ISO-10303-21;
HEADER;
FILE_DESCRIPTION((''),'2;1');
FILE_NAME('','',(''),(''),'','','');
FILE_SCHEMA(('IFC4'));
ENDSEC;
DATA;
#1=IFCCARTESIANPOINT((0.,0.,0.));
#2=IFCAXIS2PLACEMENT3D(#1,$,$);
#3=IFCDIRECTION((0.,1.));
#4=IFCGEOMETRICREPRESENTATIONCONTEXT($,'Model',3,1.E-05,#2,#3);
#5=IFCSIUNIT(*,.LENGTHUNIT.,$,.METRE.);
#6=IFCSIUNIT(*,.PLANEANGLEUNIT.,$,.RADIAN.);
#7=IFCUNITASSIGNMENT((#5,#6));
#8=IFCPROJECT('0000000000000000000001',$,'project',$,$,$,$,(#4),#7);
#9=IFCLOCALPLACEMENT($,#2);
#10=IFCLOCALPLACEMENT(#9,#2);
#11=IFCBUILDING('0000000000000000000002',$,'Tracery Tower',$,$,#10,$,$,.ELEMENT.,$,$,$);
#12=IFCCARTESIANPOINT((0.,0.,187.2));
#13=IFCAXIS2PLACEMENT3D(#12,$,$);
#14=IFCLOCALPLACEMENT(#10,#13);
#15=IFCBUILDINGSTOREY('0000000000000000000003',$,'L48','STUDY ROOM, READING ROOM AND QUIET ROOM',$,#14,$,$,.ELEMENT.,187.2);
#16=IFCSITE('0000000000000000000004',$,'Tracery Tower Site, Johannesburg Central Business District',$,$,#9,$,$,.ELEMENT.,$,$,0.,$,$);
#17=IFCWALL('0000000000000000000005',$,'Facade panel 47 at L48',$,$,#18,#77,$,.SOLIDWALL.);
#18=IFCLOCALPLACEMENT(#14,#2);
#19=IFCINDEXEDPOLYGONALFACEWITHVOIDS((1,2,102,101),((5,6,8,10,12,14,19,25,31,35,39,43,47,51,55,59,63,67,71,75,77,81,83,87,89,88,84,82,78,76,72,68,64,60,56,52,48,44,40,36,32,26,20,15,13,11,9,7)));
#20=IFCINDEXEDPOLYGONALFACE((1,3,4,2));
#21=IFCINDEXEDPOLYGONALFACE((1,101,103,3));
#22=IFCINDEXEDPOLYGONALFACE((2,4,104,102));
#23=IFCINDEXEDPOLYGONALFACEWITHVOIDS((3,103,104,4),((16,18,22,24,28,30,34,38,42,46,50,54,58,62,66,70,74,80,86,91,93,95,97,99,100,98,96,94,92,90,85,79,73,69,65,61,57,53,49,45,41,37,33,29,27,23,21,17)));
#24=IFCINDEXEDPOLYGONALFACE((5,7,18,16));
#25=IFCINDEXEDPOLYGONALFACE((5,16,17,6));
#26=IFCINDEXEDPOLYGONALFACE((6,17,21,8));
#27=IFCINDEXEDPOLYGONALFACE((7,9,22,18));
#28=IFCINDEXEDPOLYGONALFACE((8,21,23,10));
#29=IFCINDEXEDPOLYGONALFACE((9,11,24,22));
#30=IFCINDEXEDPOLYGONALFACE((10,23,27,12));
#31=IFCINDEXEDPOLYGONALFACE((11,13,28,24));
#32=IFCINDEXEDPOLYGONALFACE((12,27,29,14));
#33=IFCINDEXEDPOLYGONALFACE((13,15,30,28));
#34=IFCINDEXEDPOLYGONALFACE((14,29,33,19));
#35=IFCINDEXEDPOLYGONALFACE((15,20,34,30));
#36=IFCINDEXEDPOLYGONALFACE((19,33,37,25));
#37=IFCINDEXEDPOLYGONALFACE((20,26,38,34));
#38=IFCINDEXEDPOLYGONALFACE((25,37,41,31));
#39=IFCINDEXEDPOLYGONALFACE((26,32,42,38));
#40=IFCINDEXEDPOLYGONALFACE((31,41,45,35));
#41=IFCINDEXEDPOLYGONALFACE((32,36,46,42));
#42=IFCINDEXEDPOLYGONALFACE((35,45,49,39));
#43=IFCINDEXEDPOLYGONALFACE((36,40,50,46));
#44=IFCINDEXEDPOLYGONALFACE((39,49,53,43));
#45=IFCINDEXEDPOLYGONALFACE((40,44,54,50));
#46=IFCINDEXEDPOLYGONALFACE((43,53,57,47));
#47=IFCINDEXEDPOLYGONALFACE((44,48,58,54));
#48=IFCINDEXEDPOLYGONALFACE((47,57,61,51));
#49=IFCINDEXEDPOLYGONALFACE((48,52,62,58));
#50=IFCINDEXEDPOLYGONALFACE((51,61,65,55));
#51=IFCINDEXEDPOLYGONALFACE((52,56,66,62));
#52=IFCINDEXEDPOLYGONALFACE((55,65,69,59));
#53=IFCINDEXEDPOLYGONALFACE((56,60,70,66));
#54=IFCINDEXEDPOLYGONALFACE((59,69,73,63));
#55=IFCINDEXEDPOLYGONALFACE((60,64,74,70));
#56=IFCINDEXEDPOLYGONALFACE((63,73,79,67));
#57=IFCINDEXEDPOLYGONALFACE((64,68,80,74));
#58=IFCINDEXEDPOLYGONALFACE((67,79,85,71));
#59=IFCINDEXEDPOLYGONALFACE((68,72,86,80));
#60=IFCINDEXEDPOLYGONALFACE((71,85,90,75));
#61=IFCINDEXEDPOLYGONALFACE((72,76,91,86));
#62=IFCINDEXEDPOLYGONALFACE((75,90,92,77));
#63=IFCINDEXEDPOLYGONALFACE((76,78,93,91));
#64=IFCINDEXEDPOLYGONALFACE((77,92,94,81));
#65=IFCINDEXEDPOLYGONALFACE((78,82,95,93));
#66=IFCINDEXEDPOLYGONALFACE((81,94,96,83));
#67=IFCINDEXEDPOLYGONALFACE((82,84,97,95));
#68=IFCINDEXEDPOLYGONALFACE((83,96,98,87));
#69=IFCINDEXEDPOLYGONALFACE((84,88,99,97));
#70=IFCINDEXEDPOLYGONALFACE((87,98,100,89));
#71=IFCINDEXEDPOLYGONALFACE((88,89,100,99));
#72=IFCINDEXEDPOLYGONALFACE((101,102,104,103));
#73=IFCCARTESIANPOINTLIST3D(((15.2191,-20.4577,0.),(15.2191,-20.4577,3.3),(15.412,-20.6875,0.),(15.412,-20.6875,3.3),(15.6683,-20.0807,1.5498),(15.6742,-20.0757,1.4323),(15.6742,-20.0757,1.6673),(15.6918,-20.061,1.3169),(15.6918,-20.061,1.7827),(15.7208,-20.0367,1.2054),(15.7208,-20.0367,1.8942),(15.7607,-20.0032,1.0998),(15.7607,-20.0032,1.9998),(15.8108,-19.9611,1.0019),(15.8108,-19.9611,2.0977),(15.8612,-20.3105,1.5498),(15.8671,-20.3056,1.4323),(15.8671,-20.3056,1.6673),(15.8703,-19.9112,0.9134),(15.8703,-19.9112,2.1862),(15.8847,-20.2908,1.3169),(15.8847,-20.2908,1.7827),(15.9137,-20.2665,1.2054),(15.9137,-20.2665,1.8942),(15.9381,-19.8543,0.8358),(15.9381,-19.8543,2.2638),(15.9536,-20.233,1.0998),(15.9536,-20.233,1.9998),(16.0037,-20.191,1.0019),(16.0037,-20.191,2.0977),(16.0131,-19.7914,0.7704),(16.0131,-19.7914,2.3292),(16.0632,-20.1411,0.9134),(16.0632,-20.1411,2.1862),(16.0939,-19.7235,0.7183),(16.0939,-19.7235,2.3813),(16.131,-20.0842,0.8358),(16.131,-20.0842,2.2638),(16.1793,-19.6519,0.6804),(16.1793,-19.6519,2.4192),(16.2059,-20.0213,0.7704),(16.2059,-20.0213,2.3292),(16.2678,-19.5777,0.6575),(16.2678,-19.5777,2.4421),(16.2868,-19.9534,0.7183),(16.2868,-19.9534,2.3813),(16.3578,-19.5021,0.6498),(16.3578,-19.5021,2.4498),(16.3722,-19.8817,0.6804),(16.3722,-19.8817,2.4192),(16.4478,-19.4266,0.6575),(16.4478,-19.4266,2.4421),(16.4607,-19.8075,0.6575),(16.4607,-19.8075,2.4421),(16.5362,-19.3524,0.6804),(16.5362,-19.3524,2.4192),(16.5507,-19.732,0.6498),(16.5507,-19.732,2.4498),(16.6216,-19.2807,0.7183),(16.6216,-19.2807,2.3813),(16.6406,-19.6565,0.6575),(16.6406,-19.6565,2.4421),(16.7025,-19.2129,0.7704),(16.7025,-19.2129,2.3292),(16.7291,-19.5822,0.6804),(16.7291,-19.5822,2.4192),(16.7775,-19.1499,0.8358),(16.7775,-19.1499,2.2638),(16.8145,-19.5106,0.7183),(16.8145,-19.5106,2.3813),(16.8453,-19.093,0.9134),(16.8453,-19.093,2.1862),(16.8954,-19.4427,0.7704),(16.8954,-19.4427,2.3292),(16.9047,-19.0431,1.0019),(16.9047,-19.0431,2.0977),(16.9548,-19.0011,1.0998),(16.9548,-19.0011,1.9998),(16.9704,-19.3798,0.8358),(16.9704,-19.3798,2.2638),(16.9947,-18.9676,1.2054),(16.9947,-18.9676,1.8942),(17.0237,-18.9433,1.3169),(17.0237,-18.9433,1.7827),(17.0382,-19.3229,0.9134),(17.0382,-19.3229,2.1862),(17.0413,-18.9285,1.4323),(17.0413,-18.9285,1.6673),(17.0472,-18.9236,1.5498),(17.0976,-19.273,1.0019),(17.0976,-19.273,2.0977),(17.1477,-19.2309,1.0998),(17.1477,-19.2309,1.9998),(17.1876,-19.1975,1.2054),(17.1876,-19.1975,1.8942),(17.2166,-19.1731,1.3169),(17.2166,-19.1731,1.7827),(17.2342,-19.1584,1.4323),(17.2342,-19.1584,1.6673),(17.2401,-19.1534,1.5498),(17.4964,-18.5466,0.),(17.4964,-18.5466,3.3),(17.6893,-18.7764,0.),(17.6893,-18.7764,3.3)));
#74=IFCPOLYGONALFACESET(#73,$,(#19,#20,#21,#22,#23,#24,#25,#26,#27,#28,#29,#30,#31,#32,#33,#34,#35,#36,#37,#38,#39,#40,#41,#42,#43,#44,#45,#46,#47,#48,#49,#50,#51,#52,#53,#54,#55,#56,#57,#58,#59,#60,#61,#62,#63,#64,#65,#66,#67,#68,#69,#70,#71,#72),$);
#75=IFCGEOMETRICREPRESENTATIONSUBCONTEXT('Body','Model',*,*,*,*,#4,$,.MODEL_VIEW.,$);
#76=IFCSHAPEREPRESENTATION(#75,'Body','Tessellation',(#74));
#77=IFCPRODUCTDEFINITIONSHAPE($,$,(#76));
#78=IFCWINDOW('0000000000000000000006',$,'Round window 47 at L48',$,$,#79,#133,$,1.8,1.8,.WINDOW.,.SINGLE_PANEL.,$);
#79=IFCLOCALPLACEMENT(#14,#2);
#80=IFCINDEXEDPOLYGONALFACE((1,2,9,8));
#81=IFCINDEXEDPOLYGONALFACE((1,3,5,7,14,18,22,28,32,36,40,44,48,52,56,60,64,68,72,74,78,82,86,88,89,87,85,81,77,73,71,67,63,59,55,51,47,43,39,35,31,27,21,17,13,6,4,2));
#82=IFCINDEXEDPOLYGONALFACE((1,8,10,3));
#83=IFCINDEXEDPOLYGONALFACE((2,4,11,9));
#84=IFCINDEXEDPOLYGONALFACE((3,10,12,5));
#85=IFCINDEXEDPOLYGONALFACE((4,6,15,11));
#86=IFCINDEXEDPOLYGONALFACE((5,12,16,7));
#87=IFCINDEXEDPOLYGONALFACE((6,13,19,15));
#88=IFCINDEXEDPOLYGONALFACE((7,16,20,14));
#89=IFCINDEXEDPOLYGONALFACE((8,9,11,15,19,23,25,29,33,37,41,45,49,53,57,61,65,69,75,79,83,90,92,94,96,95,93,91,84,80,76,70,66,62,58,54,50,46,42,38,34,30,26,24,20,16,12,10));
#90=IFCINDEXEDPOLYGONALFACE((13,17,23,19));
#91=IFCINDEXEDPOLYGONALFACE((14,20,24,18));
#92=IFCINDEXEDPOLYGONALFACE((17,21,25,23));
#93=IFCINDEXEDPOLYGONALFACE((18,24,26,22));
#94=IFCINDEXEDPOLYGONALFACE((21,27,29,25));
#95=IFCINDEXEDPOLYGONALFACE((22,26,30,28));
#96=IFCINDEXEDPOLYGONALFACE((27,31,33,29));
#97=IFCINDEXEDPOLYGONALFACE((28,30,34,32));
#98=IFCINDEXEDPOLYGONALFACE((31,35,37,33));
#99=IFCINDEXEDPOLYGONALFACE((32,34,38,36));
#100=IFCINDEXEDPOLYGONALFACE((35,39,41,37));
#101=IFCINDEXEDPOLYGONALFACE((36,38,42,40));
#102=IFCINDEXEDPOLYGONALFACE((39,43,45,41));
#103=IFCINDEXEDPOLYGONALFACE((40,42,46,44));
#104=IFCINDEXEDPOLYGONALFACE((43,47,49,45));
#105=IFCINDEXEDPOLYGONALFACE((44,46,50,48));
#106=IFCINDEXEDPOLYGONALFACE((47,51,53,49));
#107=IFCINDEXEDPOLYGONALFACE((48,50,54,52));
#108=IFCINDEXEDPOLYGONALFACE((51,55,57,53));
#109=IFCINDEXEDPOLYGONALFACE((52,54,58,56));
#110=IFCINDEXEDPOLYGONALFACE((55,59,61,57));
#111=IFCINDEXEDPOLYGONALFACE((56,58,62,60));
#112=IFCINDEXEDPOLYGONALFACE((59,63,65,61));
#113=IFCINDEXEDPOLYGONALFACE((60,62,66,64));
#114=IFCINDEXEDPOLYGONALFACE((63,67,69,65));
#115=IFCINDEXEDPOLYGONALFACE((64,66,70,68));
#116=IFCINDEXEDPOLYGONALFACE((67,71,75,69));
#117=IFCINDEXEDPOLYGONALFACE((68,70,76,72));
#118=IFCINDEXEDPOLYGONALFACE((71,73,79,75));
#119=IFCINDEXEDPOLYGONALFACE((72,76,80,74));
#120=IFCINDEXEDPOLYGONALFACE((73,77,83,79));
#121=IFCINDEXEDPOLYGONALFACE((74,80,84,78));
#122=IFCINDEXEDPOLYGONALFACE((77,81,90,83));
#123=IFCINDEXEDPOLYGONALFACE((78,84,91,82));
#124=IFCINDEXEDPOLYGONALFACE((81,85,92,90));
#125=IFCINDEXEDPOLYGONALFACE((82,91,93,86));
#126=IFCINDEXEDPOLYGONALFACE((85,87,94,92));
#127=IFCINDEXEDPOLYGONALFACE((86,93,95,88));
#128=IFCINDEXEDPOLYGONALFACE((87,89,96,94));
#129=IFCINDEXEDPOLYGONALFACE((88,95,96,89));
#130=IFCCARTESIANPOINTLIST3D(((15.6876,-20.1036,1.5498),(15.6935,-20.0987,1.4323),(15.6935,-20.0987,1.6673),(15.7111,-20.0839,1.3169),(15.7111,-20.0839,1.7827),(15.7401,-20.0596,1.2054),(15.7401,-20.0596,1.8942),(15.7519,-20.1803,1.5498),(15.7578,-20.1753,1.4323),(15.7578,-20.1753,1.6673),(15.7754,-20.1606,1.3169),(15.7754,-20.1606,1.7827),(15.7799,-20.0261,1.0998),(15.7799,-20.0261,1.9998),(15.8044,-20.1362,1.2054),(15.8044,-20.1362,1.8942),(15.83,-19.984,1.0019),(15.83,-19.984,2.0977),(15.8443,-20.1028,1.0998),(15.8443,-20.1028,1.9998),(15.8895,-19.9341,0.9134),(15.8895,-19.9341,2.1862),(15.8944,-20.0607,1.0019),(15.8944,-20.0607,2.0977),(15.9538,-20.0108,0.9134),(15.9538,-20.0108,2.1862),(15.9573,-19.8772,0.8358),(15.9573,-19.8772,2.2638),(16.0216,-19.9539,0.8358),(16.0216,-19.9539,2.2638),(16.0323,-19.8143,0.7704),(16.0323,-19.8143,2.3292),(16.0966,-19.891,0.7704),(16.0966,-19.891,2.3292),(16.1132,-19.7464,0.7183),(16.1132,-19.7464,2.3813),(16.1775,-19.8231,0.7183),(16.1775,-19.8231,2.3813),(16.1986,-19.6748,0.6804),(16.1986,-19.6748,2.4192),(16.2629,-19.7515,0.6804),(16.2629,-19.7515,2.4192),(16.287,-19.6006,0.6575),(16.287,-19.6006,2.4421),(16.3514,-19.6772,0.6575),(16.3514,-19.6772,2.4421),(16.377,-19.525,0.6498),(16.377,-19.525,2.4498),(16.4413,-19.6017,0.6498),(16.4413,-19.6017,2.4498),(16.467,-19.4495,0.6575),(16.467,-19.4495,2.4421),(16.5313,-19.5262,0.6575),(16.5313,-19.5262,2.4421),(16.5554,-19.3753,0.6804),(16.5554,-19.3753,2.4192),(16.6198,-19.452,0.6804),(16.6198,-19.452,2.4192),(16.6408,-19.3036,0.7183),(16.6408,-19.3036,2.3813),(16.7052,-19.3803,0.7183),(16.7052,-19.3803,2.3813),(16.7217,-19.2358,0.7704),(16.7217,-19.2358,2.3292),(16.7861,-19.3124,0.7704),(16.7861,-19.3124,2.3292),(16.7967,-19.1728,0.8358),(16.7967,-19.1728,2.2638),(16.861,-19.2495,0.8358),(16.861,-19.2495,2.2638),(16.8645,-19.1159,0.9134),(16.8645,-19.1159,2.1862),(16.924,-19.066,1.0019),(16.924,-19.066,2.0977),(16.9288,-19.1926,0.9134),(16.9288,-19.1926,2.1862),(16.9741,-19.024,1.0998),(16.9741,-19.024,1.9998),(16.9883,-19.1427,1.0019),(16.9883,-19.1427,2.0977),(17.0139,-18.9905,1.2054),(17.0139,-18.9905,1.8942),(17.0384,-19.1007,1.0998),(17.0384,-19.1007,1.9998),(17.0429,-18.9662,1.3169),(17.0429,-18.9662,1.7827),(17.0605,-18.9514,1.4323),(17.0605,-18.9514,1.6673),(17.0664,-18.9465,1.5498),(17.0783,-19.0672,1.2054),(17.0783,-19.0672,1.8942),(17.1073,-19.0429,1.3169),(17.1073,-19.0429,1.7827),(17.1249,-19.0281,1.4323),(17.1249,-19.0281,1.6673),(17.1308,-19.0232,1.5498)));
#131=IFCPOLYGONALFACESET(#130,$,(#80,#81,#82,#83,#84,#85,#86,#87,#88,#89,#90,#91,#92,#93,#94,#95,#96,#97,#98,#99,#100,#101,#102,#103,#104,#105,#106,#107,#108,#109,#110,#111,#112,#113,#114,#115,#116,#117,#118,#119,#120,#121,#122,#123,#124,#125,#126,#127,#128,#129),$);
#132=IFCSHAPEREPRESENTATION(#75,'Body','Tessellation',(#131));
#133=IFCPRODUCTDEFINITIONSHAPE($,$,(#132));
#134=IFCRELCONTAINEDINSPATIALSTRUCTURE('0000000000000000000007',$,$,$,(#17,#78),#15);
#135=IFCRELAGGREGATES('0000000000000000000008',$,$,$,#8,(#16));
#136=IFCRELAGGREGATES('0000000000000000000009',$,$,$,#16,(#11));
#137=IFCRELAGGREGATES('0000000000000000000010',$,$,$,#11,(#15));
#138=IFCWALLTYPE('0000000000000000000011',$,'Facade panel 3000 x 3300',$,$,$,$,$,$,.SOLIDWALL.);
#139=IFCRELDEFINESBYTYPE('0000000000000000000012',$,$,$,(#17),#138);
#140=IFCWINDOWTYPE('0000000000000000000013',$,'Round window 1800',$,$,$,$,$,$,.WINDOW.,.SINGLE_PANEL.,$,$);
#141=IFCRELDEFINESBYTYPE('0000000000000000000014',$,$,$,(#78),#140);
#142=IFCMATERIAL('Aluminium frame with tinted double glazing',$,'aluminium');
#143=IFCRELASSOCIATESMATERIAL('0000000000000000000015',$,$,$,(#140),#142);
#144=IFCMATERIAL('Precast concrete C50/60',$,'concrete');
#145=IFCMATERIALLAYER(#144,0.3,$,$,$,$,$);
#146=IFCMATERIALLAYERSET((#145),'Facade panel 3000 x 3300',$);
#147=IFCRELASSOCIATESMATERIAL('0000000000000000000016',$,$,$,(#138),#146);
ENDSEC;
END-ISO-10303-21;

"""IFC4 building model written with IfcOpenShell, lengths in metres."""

from ifc_helpers import new_model, si_unit, direction, frame, frame_2d, origin, origin_2d, place, context, subcontext, project, spatial, rectangle, circle, extrude, material, layer, layer_set, type_object, element, fill, save


model = new_model("IFC4")

# Units and contexts
model_context = context("Model", 3, precision=1e-05, world=origin(), true_north=direction((0.0, 1.0)))
body_context = subcontext(model_context, "Body", "Model", "MODEL_VIEW")
ifc_project = project(units=[si_unit("LENGTHUNIT", "METRE"), si_unit("PLANEANGLEUNIT", "RADIAN")], contexts=[model_context])

# Site, building, storey
site_placement = place(None, origin())
site = spatial("IfcSite", under=ifc_project, at=site_placement, Name="Tracery Tower Site, Johannesburg Central Business District", CompositionType="ELEMENT", RefElevation=0.0)
building_placement = place(site_placement, origin())
building = spatial("IfcBuilding", under=site, at=building_placement, Name="Tracery Tower", CompositionType="ELEMENT")
storey_placement = place(building_placement, frame((0.0, 0.0, 187.2)))
storey = spatial("IfcBuildingStorey", under=building, at=storey_placement, Name="L48", Description="STUDY ROOM, READING ROOM AND QUIET ROOM", CompositionType="ELEMENT", Elevation=187.2)

# Wall, opening, window
ifc_material_1 = material(Name="Aluminium frame with tinted double glazing", Category="aluminium")
window_type = type_object("IfcWindowType", Name="Round window 1800", PartitioningType="SINGLE_PANEL", PredefinedType="WINDOW", material=ifc_material_1)
ifc_material_2 = material(Name="Precast concrete C50/60", Category="concrete")
ifc_layer_1 = layer(ifc_material_2, 0.3)
ifc_layer_set_1 = layer_set([ifc_layer_1], Name="Facade panel 3000 x 3300")
wall_type_1 = type_object("IfcWallType", Name="Facade panel 3000 x 3300", PredefinedType="SOLIDWALL", material=ifc_layer_set_1)
wall_1_placement = place(storey_placement, frame((15.3157, -20.5725, 0.0), z_axis=(0.0, 0.0, 1.0), x_axis=(0.766009, 0.64283, 0.0)))
wall_1 = element("IfcWall", 1, at=wall_1_placement, inside=storey, type_object=wall_type_1, Name="Facade panel 47 at L48", PredefinedType="SOLIDWALL", context=body_context, shape_type="SweptSolid", body=[
    extrude(rectangle(XDim=2.9729, YDim=0.3, at=frame_2d((1.4863, 0.0))), origin(), (0.0, 0.0, 1.0), 3.3),
])
opening_1_placement = place(wall_1_placement, frame((1.4863, 0.0, 1.5498)))
opening_1 = element("IfcOpeningElement", 2, at=opening_1_placement, cuts=wall_1, PredefinedType="OPENING", context=body_context, shape_type="SweptSolid", body=[
    extrude(circle(Radius=0.9, at=origin_2d()), frame((0.0, 0.1599, 0.0), z_axis=(0.0, -1.0, 0.0), x_axis=(1.0, 0.0, 0.0)), (0.0, 0.0, 1.0), 0.3201),
])
window_1_placement = place(opening_1_placement, origin())
window_1 = element("IfcWindow", 3, at=window_1_placement, inside=storey, type_object=window_type, Name="Round window 47 at L48", OverallHeight=1.8, OverallWidth=1.8, PartitioningType="SINGLE_PANEL", PredefinedType="WINDOW", context=body_context, shape_type="SweptSolid", body=[
    extrude(circle(Radius=0.9, at=origin_2d()), frame((0.0, 0.1201, 0.0), z_axis=(0.0, -1.0, 0.0), x_axis=(1.0, 0.0, 0.0)), (0.0, 0.0, 1.0), 0.1001),
])
fill(opening_1, window_1)

save(model, "model.ifc")
